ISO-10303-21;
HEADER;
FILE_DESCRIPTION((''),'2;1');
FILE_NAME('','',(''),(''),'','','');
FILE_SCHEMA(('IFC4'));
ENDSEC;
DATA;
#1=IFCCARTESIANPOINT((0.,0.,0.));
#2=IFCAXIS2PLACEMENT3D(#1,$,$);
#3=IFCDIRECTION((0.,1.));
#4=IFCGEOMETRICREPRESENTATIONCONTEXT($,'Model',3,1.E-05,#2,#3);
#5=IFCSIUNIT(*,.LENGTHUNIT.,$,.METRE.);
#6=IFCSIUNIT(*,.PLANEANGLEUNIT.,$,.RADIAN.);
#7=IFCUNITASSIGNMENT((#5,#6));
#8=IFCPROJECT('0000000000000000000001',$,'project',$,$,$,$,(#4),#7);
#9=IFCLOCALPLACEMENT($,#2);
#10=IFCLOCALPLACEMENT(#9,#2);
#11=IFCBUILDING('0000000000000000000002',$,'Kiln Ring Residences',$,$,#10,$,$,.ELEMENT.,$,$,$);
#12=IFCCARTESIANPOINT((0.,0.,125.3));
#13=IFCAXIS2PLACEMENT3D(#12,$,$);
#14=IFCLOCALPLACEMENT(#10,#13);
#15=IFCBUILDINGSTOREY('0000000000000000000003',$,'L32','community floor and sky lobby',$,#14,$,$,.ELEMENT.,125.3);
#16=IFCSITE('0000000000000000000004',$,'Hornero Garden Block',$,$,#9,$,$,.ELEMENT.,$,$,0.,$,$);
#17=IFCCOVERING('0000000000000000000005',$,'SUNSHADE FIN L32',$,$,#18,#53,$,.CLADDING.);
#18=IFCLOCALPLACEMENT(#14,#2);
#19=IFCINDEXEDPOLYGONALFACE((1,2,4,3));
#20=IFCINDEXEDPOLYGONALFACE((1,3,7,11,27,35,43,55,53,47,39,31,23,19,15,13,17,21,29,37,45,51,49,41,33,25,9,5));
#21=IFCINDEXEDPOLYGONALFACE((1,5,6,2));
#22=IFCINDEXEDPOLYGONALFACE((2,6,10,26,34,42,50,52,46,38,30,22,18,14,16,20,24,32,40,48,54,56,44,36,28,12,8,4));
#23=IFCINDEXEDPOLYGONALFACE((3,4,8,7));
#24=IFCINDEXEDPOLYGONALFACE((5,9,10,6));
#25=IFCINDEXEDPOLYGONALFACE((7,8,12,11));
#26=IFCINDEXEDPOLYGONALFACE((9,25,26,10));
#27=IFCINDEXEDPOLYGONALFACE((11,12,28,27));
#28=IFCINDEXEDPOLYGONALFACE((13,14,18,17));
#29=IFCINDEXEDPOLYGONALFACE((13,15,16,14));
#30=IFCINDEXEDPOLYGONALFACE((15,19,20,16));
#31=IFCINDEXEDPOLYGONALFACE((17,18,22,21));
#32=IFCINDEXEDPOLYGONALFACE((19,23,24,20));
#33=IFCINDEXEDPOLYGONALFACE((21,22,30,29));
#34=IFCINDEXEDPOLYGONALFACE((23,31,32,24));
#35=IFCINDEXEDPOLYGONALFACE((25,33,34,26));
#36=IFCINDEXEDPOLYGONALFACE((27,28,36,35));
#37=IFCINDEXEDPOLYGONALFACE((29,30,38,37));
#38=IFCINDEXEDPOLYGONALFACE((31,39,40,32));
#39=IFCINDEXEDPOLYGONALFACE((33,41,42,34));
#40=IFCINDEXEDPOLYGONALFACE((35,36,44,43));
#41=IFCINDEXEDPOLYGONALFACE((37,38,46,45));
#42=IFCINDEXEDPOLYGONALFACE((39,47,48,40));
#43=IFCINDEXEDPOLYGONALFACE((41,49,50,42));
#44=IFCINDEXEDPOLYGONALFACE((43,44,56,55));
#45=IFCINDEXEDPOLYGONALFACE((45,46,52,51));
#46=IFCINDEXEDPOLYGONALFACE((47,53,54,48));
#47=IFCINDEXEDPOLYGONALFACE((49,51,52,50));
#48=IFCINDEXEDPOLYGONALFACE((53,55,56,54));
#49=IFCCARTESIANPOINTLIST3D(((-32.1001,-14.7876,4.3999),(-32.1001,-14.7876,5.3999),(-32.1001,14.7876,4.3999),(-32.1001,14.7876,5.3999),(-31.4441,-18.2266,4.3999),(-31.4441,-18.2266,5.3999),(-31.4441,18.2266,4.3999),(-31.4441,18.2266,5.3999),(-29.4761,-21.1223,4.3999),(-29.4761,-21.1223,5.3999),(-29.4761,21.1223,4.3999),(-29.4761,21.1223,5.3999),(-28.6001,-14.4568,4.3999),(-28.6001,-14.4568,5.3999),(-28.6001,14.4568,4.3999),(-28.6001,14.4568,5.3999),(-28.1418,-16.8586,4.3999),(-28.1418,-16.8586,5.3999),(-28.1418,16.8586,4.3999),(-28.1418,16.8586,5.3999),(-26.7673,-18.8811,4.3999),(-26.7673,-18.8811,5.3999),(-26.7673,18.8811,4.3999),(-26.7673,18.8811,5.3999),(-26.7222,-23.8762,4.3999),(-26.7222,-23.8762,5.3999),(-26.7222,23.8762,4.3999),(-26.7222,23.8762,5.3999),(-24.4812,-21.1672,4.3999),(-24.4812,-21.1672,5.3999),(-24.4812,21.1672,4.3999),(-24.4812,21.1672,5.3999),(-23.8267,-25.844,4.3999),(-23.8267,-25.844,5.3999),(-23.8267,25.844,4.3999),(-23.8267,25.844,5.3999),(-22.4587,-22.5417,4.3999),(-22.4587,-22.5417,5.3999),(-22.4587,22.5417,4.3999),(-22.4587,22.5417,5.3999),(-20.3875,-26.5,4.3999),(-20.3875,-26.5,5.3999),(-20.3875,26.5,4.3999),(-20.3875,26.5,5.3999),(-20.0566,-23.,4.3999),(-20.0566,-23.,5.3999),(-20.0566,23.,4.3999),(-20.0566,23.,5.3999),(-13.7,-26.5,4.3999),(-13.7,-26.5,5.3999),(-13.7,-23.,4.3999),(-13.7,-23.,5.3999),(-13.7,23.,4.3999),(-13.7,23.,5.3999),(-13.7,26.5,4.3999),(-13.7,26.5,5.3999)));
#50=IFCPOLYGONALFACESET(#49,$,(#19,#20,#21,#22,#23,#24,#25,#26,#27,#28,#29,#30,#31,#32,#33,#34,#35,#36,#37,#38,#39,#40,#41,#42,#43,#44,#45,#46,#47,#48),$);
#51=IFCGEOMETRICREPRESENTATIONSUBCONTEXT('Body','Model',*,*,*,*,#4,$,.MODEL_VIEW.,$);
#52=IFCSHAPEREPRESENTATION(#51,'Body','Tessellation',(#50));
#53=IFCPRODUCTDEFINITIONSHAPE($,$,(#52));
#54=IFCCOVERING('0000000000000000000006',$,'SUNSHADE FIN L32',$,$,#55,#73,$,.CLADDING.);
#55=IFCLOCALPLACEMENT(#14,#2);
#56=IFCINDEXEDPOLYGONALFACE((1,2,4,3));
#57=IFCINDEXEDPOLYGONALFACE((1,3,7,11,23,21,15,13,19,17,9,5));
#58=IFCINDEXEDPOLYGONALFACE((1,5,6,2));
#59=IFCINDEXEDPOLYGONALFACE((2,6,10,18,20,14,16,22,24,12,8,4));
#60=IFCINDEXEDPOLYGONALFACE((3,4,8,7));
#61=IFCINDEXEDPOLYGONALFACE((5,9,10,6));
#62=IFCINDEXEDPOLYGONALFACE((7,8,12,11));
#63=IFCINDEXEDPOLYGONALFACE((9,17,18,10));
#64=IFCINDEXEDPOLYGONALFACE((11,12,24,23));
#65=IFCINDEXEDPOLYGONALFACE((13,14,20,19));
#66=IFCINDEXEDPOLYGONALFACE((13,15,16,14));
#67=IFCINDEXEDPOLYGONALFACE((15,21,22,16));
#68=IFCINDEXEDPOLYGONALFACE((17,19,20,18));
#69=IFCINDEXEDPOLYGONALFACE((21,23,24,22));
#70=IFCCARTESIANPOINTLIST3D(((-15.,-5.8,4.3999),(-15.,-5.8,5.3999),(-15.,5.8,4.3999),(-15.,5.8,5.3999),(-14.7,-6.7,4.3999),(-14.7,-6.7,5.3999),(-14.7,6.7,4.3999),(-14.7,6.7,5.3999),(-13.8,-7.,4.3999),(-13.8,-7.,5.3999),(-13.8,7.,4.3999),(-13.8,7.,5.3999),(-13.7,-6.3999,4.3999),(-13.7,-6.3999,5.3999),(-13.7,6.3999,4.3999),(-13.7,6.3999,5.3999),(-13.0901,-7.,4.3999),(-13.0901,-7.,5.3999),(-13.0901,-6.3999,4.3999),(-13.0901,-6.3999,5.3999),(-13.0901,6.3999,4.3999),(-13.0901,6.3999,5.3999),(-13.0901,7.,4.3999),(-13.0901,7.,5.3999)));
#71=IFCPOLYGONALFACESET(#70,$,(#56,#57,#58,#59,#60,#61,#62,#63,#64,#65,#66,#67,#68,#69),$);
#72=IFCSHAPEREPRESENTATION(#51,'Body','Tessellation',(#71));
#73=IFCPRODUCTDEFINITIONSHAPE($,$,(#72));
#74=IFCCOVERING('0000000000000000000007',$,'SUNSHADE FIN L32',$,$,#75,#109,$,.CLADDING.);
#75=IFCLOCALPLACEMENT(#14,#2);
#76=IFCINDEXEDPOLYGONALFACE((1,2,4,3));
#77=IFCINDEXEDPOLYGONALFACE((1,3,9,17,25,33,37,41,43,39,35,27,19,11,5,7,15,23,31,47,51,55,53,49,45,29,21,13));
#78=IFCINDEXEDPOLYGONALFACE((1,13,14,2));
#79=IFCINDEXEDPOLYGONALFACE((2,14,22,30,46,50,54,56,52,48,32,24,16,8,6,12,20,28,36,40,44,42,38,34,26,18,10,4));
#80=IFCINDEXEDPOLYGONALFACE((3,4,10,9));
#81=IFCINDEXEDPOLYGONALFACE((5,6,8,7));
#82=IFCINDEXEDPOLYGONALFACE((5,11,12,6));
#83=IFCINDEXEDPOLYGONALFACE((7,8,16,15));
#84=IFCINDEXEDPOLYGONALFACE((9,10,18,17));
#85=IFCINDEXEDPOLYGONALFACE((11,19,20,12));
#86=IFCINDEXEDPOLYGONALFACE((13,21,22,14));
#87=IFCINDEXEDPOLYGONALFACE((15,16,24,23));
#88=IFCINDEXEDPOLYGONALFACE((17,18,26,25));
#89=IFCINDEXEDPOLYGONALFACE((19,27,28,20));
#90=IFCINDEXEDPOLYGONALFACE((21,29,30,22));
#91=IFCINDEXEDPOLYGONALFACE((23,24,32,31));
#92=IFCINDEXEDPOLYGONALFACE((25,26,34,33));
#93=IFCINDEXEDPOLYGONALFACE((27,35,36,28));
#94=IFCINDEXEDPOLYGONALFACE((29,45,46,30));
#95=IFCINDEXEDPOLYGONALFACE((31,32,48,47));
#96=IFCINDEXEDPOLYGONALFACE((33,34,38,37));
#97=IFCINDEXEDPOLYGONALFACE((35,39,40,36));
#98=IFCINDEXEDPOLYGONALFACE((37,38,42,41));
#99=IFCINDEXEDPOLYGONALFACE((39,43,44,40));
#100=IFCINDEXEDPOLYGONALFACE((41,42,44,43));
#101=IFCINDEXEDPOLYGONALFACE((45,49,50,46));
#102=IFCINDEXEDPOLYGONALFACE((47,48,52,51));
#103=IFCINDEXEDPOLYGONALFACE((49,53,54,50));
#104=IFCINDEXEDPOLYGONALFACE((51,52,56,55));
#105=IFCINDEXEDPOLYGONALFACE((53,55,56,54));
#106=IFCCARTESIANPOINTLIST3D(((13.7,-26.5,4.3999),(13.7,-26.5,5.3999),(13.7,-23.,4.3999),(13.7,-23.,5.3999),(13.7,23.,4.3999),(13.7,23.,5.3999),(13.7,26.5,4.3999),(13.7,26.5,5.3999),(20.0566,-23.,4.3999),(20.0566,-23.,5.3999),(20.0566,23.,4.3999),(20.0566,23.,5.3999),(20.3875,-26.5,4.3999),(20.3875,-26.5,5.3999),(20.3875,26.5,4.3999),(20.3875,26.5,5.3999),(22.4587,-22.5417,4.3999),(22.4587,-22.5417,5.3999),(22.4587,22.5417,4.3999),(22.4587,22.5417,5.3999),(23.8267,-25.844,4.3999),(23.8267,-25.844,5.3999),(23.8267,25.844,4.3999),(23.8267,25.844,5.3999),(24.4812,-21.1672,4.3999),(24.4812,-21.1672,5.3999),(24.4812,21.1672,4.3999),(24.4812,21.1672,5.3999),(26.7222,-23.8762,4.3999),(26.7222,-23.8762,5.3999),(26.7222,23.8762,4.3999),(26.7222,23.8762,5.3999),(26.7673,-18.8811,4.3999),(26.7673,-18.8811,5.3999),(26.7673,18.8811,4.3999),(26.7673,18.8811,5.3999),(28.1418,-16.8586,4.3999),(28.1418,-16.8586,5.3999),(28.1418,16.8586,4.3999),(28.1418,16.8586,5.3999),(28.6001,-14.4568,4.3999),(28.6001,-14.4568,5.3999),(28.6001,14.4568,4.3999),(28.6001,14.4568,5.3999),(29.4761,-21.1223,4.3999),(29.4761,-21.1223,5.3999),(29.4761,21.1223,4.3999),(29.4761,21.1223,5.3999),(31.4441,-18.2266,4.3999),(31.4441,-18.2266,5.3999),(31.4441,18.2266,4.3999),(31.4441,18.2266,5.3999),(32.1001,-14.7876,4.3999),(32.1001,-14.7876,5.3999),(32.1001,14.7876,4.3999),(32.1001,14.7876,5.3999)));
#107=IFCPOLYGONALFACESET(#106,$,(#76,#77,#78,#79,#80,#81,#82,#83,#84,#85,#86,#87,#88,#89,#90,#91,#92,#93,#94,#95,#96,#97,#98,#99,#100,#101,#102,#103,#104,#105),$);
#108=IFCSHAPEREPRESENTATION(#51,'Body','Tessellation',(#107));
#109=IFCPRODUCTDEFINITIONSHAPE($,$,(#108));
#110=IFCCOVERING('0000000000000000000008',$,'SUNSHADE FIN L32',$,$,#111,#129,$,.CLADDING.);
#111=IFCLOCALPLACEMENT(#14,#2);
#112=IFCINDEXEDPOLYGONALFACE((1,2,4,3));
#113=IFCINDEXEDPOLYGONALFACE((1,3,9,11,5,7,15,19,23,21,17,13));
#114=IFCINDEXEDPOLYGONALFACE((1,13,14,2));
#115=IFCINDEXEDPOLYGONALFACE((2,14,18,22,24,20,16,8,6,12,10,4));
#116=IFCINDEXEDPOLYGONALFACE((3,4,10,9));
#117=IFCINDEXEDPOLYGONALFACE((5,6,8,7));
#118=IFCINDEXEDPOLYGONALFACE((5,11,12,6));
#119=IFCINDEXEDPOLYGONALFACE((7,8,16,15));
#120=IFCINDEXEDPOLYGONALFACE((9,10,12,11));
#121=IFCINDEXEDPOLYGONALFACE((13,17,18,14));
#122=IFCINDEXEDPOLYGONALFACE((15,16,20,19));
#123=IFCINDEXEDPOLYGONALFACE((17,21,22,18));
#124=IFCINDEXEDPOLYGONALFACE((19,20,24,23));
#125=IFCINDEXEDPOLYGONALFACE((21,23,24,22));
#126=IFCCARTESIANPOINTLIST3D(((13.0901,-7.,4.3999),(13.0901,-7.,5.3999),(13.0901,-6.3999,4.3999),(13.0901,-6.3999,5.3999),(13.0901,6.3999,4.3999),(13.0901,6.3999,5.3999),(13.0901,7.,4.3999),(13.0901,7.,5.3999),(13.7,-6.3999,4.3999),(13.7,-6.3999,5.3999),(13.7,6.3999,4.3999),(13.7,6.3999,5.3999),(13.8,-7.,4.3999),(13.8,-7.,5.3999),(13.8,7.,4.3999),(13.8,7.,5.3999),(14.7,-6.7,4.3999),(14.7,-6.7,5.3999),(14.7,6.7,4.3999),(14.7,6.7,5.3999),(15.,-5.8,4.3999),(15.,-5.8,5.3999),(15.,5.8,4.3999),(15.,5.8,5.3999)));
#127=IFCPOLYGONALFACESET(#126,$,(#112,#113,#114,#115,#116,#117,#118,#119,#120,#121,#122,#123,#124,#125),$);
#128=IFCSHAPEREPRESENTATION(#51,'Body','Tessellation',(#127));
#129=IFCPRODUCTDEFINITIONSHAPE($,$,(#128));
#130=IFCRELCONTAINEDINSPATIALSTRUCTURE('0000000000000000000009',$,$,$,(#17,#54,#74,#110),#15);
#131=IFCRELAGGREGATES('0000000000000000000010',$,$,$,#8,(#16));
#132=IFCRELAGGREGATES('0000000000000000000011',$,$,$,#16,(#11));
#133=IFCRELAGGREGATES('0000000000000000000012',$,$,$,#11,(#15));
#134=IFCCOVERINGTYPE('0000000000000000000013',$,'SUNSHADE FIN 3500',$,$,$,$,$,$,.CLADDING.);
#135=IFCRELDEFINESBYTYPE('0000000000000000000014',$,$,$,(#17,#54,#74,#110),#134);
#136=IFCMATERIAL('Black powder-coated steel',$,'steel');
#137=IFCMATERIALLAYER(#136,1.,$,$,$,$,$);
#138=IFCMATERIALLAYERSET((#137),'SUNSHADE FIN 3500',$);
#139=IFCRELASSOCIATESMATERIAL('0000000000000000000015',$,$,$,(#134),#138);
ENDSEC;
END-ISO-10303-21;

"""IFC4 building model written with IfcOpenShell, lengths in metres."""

from ifc_helpers import new_model, si_unit, direction, frame, origin, place, context, subcontext, project, spatial, polyline, outline, extrude, material, layer, layer_set, type_object, element, save


model = new_model("IFC4")

# Units and contexts
model_context = context("Model", 3, precision=1e-05, world=origin(), true_north=direction((0.0, 1.0)))
body_context = subcontext(model_context, "Body", "Model", "MODEL_VIEW")
ifc_project = project(units=[si_unit("LENGTHUNIT", "METRE"), si_unit("PLANEANGLEUNIT", "RADIAN")], contexts=[model_context])

# Site, building, storey
site_placement = place(None, origin())
site = spatial("IfcSite", under=ifc_project, at=site_placement, Name="Hornero Garden Block", CompositionType="ELEMENT", RefElevation=0.0)
building_placement = place(site_placement, origin())
building = spatial("IfcBuilding", under=site, at=building_placement, Name="Kiln Ring Residences", CompositionType="ELEMENT")
storey_placement = place(building_placement, frame((0.0, 0.0, 125.3)))
storey = spatial("IfcBuildingStorey", under=building, at=storey_placement, Name="L32", Description="community floor and sky lobby", CompositionType="ELEMENT", Elevation=125.3)

# Coverings
ifc_material_1 = material(Name="Black powder-coated steel", Category="steel")
ifc_layer_1 = layer(ifc_material_1, 1.0)
ifc_layer_set_1 = layer_set([ifc_layer_1], Name="SUNSHADE FIN 3500")
covering_type = type_object("IfcCoveringType", Name="SUNSHADE FIN 3500", PredefinedType="CLADDING", material=ifc_layer_set_1)
placement_1 = place(storey_placement, frame((0.0, 0.0, 4.3999)))
element("IfcCovering", 1, at=placement_1, inside=storey, type_object=covering_type, Name="SUNSHADE FIN L32", PredefinedType="CLADDING", context=body_context, shape_type="SweptSolid", body=[
    extrude(outline(polyline([(-31.4441, 18.2266), (-32.1001, 14.7876), (-32.1001, -14.7876), (-31.4441, -18.2266), (-29.4761, -21.1223), (-26.7222, -23.8762), (-23.8267, -25.844), (-20.3875, -26.5), (-13.7, -26.5), (-13.7, -23.0), (-20.0566, -23.0), (-22.4587, -22.5417), (-24.4812, -21.1672), (-26.7673, -18.8811), (-28.1418, -16.8586), (-28.6001, -14.4568), (-28.6001, 14.4568), (-28.1418, 16.8586), (-26.7673, 18.8811), (-24.4812, 21.1672), (-22.4587, 22.5417), (-20.0566, 23.0), (-13.7, 23.0), (-13.7, 26.5), (-20.3875, 26.5), (-23.8267, 25.844), (-26.7222, 23.8762), (-29.4761, 21.1223), (-31.4441, 18.2266)])), origin(), (0.0, 0.0, 1.0), 1.0),
])
element("IfcCovering", 2, at=placement_1, inside=storey, type_object=covering_type, Name="SUNSHADE FIN L32", PredefinedType="CLADDING", context=body_context, shape_type="SweptSolid", body=[
    extrude(outline(polyline([(-13.7, -6.3999), (-13.7, 6.3999), (-13.0901, 6.3999), (-13.0901, 7.0), (-13.8, 7.0), (-14.7, 6.7), (-15.0, 5.8), (-15.0, -5.8), (-14.7, -6.7), (-13.8, -7.0), (-13.0901, -7.0), (-13.0901, -6.3999), (-13.7, -6.3999)])), origin(), (0.0, 0.0, 1.0), 1.0),
])
element("IfcCovering", 3, at=placement_1, inside=storey, type_object=covering_type, Name="SUNSHADE FIN L32", PredefinedType="CLADDING", context=body_context, shape_type="SweptSolid", body=[
    extrude(outline(polyline([(20.3875, 26.5), (13.7, 26.5), (13.7, 23.0), (20.0566, 23.0), (22.4587, 22.5417), (24.4812, 21.1672), (26.7673, 18.8811), (28.1418, 16.8586), (28.6001, 14.4568), (28.6001, -14.4568), (28.1418, -16.8586), (26.7673, -18.8811), (24.4812, -21.1672), (22.4587, -22.5417), (20.0566, -23.0), (13.7, -23.0), (13.7, -26.5), (20.3875, -26.5), (23.8267, -25.844), (26.7222, -23.8762), (29.4761, -21.1223), (31.4441, -18.2266), (32.1001, -14.7876), (32.1001, 14.7876), (31.4441, 18.2266), (29.4761, 21.1223), (26.7222, 23.8762), (23.8267, 25.844), (20.3875, 26.5)])), origin(), (0.0, 0.0, 1.0), 1.0),
])
element("IfcCovering", 4, at=placement_1, inside=storey, type_object=covering_type, Name="SUNSHADE FIN L32", PredefinedType="CLADDING", context=body_context, shape_type="SweptSolid", body=[
    extrude(outline(polyline([(13.0901, 6.3999), (13.7, 6.3999), (13.7, -6.3999), (13.0901, -6.3999), (13.0901, -7.0), (13.8, -7.0), (14.7, -6.7), (15.0, -5.8), (15.0, 5.8), (14.7, 6.7), (13.8, 7.0), (13.0901, 7.0), (13.0901, 6.3999)])), origin(), (0.0, 0.0, 1.0), 1.0),
])

save(model, "model.ifc")
